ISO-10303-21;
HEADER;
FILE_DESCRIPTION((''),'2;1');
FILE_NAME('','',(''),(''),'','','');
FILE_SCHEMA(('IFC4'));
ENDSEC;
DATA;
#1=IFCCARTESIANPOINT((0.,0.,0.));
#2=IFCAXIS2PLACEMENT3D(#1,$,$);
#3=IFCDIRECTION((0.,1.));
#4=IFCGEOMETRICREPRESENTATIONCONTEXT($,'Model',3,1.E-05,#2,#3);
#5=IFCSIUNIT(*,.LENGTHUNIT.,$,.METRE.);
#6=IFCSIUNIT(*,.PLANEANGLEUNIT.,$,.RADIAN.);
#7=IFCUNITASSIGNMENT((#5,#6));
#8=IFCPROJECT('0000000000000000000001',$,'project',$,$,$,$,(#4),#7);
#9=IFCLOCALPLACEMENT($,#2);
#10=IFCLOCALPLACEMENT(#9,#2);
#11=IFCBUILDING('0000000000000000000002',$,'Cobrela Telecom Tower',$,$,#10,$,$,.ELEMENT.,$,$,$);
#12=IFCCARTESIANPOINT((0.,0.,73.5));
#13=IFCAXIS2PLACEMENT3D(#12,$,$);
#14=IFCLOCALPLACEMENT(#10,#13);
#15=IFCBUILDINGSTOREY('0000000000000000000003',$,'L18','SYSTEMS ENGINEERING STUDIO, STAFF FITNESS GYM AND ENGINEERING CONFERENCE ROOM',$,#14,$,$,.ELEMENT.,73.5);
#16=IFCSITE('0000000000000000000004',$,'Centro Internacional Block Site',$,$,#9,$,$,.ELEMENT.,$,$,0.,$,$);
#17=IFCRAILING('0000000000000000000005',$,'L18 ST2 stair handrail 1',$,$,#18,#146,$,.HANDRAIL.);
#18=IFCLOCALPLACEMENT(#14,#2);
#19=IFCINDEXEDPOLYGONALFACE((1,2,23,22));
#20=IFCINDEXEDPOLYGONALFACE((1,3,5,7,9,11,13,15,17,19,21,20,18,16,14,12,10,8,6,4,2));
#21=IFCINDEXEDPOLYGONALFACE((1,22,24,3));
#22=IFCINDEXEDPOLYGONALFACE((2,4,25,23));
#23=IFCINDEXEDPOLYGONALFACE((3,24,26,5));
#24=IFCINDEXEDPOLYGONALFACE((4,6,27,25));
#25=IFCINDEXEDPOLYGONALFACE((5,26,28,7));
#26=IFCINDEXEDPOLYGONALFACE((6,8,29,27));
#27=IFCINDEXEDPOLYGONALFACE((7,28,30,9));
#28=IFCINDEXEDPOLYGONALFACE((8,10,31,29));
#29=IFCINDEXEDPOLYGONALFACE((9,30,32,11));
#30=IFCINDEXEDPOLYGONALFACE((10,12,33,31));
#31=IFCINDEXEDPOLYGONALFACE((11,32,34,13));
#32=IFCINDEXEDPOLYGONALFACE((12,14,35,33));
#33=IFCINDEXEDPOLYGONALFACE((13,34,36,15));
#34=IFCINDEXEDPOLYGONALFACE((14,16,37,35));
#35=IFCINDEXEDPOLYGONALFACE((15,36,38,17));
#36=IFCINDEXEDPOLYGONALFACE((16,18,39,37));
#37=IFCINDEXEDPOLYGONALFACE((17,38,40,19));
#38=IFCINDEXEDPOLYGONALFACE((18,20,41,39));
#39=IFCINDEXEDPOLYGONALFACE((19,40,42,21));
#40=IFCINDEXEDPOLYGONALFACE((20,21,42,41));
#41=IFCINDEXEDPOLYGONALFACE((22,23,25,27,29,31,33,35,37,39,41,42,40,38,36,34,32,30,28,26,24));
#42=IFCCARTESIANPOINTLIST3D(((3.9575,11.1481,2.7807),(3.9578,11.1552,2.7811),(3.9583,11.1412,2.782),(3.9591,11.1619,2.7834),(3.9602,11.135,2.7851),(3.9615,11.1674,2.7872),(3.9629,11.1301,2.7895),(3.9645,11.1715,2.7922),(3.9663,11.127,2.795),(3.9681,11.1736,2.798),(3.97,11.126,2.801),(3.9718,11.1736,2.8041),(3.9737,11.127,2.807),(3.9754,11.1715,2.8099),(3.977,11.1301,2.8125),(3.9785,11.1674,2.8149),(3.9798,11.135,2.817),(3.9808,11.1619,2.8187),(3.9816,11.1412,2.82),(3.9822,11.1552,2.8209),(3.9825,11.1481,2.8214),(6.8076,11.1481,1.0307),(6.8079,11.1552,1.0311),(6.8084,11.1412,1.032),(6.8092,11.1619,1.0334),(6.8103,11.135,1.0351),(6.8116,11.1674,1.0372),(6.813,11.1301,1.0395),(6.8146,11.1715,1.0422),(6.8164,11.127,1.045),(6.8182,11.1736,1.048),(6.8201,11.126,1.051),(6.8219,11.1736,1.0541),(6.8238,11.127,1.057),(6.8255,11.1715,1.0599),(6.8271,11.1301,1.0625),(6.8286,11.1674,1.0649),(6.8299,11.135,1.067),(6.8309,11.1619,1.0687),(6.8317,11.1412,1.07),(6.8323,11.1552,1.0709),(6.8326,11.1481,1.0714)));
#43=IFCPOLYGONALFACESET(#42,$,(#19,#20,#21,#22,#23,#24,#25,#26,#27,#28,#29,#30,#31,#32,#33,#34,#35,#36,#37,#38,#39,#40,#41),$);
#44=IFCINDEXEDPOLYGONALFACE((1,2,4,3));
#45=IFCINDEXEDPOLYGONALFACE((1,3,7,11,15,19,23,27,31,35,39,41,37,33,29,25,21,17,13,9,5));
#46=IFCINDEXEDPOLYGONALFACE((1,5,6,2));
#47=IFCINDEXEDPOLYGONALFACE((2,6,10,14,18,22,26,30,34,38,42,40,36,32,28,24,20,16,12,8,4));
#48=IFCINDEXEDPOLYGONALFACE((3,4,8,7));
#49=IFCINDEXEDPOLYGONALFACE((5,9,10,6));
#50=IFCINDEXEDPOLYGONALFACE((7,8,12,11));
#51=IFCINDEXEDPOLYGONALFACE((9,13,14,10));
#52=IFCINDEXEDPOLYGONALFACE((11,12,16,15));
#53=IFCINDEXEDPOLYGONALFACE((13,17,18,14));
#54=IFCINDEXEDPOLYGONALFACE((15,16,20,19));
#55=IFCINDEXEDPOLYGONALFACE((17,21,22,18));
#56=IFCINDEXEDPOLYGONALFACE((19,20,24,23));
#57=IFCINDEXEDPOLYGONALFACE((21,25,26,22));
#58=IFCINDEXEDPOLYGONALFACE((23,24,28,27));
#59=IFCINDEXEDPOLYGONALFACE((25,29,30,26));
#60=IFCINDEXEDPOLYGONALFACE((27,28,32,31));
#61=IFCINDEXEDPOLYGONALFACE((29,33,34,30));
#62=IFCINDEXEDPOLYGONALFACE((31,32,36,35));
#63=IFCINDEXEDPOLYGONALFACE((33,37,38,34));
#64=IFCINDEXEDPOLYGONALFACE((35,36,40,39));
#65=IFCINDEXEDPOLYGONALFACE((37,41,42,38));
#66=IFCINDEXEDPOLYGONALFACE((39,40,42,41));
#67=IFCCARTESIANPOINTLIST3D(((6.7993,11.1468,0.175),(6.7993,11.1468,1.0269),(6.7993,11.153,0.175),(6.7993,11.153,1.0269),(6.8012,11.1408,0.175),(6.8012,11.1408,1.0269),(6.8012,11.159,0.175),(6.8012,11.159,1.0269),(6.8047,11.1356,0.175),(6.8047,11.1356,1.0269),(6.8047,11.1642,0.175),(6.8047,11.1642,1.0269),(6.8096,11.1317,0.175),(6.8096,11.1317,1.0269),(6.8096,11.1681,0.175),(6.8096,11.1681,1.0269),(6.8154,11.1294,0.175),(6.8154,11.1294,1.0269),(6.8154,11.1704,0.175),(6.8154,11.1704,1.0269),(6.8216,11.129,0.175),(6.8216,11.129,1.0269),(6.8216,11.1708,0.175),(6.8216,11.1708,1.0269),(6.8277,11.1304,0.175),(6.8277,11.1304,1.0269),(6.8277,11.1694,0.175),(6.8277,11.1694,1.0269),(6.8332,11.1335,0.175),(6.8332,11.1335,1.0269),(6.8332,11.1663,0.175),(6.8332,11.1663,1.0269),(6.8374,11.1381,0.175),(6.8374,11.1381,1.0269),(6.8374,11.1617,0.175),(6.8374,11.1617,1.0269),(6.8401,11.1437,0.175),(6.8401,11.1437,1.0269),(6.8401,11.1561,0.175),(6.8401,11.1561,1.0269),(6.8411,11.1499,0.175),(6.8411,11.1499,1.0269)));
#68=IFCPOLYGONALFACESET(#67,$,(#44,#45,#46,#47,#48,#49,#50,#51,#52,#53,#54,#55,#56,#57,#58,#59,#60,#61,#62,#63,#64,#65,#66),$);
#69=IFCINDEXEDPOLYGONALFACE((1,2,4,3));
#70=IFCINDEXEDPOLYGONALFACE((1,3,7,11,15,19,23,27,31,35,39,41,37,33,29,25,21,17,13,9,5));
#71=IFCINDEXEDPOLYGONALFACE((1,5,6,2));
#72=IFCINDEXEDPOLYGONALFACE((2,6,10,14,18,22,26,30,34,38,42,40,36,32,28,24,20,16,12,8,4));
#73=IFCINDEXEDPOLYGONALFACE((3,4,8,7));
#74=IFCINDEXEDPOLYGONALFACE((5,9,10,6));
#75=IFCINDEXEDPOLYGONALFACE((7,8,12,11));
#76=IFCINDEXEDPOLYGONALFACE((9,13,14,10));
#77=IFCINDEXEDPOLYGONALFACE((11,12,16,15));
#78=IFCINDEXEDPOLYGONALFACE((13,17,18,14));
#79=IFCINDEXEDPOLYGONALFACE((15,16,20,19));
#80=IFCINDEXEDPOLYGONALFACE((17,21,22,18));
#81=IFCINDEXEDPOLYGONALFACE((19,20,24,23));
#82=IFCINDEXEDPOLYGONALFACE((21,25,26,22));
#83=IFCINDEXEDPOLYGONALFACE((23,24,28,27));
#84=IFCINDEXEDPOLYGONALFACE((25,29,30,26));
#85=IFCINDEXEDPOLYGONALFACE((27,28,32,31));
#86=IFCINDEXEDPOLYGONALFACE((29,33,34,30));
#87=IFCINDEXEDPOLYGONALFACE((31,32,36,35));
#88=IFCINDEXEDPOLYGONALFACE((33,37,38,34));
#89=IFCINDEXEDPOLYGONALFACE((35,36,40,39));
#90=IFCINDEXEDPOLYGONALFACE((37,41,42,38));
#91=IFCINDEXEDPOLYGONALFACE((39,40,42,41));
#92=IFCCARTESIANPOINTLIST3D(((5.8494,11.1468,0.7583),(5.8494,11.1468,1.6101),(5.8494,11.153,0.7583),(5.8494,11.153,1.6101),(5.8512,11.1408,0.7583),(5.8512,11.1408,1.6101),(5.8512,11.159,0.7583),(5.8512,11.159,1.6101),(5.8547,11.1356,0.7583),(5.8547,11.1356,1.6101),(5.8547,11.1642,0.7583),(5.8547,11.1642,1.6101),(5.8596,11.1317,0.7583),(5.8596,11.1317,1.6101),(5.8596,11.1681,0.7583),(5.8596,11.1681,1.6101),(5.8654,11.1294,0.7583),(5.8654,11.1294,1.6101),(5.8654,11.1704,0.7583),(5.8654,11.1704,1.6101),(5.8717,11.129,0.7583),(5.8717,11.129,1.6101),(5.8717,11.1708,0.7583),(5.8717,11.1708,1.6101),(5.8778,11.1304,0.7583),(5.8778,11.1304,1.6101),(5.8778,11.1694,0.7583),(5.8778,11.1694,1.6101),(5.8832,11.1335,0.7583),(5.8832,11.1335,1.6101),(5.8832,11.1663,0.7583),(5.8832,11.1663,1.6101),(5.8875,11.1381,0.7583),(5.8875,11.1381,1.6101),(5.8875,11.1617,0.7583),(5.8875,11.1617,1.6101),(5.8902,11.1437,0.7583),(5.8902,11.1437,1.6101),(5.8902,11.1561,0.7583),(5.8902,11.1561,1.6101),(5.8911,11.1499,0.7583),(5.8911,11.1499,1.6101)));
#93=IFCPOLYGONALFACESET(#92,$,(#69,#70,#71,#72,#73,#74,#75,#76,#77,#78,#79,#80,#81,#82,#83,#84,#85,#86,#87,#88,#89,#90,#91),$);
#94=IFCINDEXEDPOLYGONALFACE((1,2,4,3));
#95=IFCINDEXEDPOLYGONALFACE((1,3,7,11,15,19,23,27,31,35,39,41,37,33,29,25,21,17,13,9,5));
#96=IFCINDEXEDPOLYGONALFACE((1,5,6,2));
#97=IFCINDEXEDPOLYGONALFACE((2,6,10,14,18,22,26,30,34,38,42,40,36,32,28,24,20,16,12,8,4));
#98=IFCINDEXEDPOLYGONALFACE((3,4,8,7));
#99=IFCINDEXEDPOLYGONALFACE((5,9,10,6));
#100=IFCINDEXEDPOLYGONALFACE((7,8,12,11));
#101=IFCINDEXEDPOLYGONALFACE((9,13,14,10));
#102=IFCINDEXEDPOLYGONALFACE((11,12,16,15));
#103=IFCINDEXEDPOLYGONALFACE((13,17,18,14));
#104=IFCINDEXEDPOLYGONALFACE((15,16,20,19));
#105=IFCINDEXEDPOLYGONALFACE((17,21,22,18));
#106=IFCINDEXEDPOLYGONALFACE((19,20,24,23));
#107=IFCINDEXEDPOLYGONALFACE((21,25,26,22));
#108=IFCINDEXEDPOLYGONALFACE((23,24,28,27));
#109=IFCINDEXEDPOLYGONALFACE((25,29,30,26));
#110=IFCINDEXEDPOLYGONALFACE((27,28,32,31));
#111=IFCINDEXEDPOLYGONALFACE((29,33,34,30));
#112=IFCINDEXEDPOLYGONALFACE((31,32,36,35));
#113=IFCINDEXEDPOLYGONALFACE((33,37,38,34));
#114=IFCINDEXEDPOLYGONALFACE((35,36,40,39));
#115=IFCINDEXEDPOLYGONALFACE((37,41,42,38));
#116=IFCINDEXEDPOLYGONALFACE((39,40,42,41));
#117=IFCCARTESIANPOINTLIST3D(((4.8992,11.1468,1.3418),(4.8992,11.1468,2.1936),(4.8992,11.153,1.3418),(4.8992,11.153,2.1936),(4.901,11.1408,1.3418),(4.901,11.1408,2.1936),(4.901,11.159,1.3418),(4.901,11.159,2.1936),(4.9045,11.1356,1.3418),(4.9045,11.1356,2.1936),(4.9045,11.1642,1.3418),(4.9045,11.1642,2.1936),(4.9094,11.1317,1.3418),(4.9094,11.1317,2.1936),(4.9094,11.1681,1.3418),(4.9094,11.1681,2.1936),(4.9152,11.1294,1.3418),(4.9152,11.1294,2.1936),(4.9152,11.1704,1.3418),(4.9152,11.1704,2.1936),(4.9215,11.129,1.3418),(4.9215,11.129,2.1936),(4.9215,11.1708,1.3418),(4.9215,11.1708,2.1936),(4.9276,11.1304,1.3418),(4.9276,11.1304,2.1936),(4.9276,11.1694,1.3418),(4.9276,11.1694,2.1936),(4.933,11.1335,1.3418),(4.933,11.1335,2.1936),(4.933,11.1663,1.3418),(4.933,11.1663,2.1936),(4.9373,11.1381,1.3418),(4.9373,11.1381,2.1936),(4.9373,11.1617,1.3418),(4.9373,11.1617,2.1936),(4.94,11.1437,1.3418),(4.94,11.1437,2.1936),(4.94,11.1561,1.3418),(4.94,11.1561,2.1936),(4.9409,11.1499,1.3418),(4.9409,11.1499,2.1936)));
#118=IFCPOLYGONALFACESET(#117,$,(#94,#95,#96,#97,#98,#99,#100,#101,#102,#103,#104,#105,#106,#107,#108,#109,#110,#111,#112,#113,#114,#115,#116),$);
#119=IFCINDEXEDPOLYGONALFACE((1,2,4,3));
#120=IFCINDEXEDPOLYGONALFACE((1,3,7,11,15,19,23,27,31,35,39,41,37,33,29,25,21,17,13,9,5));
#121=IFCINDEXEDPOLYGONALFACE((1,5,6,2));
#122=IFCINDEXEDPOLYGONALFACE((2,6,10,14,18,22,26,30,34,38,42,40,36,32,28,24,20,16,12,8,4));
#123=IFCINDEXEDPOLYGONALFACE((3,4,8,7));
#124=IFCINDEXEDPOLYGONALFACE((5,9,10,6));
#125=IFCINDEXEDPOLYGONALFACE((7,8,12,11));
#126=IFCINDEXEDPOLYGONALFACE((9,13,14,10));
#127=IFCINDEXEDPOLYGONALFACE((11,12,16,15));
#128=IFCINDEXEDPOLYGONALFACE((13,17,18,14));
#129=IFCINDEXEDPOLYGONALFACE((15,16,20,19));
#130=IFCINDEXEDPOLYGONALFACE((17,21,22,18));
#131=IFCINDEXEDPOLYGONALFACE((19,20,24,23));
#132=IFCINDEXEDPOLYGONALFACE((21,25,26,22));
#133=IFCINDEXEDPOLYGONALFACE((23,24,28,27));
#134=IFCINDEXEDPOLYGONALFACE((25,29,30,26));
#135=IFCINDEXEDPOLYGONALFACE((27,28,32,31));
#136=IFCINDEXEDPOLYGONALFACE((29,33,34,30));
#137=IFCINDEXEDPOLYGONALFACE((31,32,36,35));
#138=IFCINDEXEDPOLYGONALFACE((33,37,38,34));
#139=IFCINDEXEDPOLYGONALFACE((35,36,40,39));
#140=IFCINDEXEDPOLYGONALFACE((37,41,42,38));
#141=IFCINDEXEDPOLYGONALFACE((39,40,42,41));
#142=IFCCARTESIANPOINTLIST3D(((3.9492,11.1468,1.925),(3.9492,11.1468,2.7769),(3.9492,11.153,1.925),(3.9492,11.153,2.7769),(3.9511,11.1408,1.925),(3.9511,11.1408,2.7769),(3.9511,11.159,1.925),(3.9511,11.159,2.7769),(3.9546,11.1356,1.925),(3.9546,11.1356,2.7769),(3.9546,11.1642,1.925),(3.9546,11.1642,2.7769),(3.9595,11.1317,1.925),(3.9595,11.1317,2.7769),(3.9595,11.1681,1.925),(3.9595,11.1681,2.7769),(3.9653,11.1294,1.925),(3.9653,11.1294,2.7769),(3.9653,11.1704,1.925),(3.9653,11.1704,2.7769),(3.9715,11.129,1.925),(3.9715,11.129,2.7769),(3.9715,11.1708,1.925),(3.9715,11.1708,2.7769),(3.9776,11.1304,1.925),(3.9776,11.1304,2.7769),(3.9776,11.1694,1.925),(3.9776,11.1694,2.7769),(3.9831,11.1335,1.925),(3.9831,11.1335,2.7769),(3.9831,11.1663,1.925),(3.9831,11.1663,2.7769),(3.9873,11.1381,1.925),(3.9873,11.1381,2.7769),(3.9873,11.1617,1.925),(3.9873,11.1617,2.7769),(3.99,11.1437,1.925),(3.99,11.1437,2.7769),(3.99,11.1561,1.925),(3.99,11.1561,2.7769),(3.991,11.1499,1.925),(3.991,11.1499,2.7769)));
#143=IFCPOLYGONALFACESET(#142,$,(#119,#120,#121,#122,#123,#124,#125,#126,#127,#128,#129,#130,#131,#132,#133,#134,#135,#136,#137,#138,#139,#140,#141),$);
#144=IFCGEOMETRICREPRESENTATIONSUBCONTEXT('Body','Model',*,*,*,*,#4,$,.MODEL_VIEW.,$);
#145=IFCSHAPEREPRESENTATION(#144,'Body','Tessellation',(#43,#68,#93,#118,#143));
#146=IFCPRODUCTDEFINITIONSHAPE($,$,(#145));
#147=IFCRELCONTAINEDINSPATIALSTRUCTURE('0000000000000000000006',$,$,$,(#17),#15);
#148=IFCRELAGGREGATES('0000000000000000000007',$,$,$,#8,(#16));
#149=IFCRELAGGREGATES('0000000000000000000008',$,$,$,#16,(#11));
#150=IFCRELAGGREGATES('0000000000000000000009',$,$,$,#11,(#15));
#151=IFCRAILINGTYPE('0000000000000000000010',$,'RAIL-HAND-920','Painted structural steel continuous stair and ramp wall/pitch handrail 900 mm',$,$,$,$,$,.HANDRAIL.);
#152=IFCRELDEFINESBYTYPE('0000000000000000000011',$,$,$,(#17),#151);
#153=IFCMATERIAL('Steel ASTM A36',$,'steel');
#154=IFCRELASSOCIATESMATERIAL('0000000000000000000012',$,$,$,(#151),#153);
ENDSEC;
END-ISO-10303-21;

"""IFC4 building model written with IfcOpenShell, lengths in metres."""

from ifc_helpers import new_model, si_unit, direction, frame, origin, origin_2d, place, context, subcontext, project, spatial, circle, extrude, material, type_object, element, save


model = new_model("IFC4")

# Units and contexts
model_context = context("Model", 3, precision=1e-05, world=origin(), true_north=direction((0.0, 1.0)))
body_context = subcontext(model_context, "Body", "Model", "MODEL_VIEW")
ifc_project = project(units=[si_unit("LENGTHUNIT", "METRE"), si_unit("PLANEANGLEUNIT", "RADIAN")], contexts=[model_context])

# Site, building, storey
site_placement = place(None, origin())
site = spatial("IfcSite", under=ifc_project, at=site_placement, Name="Centro Internacional Block Site", CompositionType="ELEMENT", RefElevation=0.0)
building_placement = place(site_placement, origin())
building = spatial("IfcBuilding", under=site, at=building_placement, Name="Cobrela Telecom Tower", CompositionType="ELEMENT")
storey_placement = place(building_placement, frame((0.0, 0.0, 73.5)))
storey = spatial("IfcBuildingStorey", under=building, at=storey_placement, Name="L18", Description="SYSTEMS ENGINEERING STUDIO, STAFF FITNESS GYM AND ENGINEERING CONFERENCE ROOM", CompositionType="ELEMENT", Elevation=73.5)

# Railing
ifc_material_1 = material(Name="Steel ASTM A36", Category="steel")
railing_type_1 = type_object("IfcRailingType", Name="RAIL-HAND-920", Description="Painted structural steel continuous stair and ramp wall/pitch handrail 900 mm", PredefinedType="HANDRAIL", material=ifc_material_1)
railing_1_placement = place(storey_placement, frame((6.8201, 11.1499, 0.175)))
element("IfcRailing", 1, at=railing_1_placement, inside=storey, type_object=railing_type_1, Name="L18 ST2 stair handrail 1", PredefinedType="HANDRAIL", context=body_context, shape_type="SweptSolid", body=[
    extrude(circle(Radius=0.0239, at=origin_2d()), frame((0.0, 0.0, 0.876), z_axis=(-0.852179, 0.0, 0.52325), x_axis=(0.0, -1.0, 0.0)), (0.0, 0.0, 1.0), 3.3445),
    extrude(circle(Radius=0.021, at=origin_2d()), origin(), (0.0, 0.0, 1.0), 0.8518),
    extrude(circle(Radius=0.021, at=origin_2d()), frame((-0.95, 0.0, 0.5833)), (0.0, 0.0, 1.0), 0.8518),
    extrude(circle(Radius=0.021, at=origin_2d()), frame((-1.9001, 0.0, 1.1667)), (0.0, 0.0, 1.0), 0.8518),
    extrude(circle(Radius=0.021, at=origin_2d()), frame((-2.8501, 0.0, 1.75)), (0.0, 0.0, 1.0), 0.8518),
])

save(model, "model.ifc")
